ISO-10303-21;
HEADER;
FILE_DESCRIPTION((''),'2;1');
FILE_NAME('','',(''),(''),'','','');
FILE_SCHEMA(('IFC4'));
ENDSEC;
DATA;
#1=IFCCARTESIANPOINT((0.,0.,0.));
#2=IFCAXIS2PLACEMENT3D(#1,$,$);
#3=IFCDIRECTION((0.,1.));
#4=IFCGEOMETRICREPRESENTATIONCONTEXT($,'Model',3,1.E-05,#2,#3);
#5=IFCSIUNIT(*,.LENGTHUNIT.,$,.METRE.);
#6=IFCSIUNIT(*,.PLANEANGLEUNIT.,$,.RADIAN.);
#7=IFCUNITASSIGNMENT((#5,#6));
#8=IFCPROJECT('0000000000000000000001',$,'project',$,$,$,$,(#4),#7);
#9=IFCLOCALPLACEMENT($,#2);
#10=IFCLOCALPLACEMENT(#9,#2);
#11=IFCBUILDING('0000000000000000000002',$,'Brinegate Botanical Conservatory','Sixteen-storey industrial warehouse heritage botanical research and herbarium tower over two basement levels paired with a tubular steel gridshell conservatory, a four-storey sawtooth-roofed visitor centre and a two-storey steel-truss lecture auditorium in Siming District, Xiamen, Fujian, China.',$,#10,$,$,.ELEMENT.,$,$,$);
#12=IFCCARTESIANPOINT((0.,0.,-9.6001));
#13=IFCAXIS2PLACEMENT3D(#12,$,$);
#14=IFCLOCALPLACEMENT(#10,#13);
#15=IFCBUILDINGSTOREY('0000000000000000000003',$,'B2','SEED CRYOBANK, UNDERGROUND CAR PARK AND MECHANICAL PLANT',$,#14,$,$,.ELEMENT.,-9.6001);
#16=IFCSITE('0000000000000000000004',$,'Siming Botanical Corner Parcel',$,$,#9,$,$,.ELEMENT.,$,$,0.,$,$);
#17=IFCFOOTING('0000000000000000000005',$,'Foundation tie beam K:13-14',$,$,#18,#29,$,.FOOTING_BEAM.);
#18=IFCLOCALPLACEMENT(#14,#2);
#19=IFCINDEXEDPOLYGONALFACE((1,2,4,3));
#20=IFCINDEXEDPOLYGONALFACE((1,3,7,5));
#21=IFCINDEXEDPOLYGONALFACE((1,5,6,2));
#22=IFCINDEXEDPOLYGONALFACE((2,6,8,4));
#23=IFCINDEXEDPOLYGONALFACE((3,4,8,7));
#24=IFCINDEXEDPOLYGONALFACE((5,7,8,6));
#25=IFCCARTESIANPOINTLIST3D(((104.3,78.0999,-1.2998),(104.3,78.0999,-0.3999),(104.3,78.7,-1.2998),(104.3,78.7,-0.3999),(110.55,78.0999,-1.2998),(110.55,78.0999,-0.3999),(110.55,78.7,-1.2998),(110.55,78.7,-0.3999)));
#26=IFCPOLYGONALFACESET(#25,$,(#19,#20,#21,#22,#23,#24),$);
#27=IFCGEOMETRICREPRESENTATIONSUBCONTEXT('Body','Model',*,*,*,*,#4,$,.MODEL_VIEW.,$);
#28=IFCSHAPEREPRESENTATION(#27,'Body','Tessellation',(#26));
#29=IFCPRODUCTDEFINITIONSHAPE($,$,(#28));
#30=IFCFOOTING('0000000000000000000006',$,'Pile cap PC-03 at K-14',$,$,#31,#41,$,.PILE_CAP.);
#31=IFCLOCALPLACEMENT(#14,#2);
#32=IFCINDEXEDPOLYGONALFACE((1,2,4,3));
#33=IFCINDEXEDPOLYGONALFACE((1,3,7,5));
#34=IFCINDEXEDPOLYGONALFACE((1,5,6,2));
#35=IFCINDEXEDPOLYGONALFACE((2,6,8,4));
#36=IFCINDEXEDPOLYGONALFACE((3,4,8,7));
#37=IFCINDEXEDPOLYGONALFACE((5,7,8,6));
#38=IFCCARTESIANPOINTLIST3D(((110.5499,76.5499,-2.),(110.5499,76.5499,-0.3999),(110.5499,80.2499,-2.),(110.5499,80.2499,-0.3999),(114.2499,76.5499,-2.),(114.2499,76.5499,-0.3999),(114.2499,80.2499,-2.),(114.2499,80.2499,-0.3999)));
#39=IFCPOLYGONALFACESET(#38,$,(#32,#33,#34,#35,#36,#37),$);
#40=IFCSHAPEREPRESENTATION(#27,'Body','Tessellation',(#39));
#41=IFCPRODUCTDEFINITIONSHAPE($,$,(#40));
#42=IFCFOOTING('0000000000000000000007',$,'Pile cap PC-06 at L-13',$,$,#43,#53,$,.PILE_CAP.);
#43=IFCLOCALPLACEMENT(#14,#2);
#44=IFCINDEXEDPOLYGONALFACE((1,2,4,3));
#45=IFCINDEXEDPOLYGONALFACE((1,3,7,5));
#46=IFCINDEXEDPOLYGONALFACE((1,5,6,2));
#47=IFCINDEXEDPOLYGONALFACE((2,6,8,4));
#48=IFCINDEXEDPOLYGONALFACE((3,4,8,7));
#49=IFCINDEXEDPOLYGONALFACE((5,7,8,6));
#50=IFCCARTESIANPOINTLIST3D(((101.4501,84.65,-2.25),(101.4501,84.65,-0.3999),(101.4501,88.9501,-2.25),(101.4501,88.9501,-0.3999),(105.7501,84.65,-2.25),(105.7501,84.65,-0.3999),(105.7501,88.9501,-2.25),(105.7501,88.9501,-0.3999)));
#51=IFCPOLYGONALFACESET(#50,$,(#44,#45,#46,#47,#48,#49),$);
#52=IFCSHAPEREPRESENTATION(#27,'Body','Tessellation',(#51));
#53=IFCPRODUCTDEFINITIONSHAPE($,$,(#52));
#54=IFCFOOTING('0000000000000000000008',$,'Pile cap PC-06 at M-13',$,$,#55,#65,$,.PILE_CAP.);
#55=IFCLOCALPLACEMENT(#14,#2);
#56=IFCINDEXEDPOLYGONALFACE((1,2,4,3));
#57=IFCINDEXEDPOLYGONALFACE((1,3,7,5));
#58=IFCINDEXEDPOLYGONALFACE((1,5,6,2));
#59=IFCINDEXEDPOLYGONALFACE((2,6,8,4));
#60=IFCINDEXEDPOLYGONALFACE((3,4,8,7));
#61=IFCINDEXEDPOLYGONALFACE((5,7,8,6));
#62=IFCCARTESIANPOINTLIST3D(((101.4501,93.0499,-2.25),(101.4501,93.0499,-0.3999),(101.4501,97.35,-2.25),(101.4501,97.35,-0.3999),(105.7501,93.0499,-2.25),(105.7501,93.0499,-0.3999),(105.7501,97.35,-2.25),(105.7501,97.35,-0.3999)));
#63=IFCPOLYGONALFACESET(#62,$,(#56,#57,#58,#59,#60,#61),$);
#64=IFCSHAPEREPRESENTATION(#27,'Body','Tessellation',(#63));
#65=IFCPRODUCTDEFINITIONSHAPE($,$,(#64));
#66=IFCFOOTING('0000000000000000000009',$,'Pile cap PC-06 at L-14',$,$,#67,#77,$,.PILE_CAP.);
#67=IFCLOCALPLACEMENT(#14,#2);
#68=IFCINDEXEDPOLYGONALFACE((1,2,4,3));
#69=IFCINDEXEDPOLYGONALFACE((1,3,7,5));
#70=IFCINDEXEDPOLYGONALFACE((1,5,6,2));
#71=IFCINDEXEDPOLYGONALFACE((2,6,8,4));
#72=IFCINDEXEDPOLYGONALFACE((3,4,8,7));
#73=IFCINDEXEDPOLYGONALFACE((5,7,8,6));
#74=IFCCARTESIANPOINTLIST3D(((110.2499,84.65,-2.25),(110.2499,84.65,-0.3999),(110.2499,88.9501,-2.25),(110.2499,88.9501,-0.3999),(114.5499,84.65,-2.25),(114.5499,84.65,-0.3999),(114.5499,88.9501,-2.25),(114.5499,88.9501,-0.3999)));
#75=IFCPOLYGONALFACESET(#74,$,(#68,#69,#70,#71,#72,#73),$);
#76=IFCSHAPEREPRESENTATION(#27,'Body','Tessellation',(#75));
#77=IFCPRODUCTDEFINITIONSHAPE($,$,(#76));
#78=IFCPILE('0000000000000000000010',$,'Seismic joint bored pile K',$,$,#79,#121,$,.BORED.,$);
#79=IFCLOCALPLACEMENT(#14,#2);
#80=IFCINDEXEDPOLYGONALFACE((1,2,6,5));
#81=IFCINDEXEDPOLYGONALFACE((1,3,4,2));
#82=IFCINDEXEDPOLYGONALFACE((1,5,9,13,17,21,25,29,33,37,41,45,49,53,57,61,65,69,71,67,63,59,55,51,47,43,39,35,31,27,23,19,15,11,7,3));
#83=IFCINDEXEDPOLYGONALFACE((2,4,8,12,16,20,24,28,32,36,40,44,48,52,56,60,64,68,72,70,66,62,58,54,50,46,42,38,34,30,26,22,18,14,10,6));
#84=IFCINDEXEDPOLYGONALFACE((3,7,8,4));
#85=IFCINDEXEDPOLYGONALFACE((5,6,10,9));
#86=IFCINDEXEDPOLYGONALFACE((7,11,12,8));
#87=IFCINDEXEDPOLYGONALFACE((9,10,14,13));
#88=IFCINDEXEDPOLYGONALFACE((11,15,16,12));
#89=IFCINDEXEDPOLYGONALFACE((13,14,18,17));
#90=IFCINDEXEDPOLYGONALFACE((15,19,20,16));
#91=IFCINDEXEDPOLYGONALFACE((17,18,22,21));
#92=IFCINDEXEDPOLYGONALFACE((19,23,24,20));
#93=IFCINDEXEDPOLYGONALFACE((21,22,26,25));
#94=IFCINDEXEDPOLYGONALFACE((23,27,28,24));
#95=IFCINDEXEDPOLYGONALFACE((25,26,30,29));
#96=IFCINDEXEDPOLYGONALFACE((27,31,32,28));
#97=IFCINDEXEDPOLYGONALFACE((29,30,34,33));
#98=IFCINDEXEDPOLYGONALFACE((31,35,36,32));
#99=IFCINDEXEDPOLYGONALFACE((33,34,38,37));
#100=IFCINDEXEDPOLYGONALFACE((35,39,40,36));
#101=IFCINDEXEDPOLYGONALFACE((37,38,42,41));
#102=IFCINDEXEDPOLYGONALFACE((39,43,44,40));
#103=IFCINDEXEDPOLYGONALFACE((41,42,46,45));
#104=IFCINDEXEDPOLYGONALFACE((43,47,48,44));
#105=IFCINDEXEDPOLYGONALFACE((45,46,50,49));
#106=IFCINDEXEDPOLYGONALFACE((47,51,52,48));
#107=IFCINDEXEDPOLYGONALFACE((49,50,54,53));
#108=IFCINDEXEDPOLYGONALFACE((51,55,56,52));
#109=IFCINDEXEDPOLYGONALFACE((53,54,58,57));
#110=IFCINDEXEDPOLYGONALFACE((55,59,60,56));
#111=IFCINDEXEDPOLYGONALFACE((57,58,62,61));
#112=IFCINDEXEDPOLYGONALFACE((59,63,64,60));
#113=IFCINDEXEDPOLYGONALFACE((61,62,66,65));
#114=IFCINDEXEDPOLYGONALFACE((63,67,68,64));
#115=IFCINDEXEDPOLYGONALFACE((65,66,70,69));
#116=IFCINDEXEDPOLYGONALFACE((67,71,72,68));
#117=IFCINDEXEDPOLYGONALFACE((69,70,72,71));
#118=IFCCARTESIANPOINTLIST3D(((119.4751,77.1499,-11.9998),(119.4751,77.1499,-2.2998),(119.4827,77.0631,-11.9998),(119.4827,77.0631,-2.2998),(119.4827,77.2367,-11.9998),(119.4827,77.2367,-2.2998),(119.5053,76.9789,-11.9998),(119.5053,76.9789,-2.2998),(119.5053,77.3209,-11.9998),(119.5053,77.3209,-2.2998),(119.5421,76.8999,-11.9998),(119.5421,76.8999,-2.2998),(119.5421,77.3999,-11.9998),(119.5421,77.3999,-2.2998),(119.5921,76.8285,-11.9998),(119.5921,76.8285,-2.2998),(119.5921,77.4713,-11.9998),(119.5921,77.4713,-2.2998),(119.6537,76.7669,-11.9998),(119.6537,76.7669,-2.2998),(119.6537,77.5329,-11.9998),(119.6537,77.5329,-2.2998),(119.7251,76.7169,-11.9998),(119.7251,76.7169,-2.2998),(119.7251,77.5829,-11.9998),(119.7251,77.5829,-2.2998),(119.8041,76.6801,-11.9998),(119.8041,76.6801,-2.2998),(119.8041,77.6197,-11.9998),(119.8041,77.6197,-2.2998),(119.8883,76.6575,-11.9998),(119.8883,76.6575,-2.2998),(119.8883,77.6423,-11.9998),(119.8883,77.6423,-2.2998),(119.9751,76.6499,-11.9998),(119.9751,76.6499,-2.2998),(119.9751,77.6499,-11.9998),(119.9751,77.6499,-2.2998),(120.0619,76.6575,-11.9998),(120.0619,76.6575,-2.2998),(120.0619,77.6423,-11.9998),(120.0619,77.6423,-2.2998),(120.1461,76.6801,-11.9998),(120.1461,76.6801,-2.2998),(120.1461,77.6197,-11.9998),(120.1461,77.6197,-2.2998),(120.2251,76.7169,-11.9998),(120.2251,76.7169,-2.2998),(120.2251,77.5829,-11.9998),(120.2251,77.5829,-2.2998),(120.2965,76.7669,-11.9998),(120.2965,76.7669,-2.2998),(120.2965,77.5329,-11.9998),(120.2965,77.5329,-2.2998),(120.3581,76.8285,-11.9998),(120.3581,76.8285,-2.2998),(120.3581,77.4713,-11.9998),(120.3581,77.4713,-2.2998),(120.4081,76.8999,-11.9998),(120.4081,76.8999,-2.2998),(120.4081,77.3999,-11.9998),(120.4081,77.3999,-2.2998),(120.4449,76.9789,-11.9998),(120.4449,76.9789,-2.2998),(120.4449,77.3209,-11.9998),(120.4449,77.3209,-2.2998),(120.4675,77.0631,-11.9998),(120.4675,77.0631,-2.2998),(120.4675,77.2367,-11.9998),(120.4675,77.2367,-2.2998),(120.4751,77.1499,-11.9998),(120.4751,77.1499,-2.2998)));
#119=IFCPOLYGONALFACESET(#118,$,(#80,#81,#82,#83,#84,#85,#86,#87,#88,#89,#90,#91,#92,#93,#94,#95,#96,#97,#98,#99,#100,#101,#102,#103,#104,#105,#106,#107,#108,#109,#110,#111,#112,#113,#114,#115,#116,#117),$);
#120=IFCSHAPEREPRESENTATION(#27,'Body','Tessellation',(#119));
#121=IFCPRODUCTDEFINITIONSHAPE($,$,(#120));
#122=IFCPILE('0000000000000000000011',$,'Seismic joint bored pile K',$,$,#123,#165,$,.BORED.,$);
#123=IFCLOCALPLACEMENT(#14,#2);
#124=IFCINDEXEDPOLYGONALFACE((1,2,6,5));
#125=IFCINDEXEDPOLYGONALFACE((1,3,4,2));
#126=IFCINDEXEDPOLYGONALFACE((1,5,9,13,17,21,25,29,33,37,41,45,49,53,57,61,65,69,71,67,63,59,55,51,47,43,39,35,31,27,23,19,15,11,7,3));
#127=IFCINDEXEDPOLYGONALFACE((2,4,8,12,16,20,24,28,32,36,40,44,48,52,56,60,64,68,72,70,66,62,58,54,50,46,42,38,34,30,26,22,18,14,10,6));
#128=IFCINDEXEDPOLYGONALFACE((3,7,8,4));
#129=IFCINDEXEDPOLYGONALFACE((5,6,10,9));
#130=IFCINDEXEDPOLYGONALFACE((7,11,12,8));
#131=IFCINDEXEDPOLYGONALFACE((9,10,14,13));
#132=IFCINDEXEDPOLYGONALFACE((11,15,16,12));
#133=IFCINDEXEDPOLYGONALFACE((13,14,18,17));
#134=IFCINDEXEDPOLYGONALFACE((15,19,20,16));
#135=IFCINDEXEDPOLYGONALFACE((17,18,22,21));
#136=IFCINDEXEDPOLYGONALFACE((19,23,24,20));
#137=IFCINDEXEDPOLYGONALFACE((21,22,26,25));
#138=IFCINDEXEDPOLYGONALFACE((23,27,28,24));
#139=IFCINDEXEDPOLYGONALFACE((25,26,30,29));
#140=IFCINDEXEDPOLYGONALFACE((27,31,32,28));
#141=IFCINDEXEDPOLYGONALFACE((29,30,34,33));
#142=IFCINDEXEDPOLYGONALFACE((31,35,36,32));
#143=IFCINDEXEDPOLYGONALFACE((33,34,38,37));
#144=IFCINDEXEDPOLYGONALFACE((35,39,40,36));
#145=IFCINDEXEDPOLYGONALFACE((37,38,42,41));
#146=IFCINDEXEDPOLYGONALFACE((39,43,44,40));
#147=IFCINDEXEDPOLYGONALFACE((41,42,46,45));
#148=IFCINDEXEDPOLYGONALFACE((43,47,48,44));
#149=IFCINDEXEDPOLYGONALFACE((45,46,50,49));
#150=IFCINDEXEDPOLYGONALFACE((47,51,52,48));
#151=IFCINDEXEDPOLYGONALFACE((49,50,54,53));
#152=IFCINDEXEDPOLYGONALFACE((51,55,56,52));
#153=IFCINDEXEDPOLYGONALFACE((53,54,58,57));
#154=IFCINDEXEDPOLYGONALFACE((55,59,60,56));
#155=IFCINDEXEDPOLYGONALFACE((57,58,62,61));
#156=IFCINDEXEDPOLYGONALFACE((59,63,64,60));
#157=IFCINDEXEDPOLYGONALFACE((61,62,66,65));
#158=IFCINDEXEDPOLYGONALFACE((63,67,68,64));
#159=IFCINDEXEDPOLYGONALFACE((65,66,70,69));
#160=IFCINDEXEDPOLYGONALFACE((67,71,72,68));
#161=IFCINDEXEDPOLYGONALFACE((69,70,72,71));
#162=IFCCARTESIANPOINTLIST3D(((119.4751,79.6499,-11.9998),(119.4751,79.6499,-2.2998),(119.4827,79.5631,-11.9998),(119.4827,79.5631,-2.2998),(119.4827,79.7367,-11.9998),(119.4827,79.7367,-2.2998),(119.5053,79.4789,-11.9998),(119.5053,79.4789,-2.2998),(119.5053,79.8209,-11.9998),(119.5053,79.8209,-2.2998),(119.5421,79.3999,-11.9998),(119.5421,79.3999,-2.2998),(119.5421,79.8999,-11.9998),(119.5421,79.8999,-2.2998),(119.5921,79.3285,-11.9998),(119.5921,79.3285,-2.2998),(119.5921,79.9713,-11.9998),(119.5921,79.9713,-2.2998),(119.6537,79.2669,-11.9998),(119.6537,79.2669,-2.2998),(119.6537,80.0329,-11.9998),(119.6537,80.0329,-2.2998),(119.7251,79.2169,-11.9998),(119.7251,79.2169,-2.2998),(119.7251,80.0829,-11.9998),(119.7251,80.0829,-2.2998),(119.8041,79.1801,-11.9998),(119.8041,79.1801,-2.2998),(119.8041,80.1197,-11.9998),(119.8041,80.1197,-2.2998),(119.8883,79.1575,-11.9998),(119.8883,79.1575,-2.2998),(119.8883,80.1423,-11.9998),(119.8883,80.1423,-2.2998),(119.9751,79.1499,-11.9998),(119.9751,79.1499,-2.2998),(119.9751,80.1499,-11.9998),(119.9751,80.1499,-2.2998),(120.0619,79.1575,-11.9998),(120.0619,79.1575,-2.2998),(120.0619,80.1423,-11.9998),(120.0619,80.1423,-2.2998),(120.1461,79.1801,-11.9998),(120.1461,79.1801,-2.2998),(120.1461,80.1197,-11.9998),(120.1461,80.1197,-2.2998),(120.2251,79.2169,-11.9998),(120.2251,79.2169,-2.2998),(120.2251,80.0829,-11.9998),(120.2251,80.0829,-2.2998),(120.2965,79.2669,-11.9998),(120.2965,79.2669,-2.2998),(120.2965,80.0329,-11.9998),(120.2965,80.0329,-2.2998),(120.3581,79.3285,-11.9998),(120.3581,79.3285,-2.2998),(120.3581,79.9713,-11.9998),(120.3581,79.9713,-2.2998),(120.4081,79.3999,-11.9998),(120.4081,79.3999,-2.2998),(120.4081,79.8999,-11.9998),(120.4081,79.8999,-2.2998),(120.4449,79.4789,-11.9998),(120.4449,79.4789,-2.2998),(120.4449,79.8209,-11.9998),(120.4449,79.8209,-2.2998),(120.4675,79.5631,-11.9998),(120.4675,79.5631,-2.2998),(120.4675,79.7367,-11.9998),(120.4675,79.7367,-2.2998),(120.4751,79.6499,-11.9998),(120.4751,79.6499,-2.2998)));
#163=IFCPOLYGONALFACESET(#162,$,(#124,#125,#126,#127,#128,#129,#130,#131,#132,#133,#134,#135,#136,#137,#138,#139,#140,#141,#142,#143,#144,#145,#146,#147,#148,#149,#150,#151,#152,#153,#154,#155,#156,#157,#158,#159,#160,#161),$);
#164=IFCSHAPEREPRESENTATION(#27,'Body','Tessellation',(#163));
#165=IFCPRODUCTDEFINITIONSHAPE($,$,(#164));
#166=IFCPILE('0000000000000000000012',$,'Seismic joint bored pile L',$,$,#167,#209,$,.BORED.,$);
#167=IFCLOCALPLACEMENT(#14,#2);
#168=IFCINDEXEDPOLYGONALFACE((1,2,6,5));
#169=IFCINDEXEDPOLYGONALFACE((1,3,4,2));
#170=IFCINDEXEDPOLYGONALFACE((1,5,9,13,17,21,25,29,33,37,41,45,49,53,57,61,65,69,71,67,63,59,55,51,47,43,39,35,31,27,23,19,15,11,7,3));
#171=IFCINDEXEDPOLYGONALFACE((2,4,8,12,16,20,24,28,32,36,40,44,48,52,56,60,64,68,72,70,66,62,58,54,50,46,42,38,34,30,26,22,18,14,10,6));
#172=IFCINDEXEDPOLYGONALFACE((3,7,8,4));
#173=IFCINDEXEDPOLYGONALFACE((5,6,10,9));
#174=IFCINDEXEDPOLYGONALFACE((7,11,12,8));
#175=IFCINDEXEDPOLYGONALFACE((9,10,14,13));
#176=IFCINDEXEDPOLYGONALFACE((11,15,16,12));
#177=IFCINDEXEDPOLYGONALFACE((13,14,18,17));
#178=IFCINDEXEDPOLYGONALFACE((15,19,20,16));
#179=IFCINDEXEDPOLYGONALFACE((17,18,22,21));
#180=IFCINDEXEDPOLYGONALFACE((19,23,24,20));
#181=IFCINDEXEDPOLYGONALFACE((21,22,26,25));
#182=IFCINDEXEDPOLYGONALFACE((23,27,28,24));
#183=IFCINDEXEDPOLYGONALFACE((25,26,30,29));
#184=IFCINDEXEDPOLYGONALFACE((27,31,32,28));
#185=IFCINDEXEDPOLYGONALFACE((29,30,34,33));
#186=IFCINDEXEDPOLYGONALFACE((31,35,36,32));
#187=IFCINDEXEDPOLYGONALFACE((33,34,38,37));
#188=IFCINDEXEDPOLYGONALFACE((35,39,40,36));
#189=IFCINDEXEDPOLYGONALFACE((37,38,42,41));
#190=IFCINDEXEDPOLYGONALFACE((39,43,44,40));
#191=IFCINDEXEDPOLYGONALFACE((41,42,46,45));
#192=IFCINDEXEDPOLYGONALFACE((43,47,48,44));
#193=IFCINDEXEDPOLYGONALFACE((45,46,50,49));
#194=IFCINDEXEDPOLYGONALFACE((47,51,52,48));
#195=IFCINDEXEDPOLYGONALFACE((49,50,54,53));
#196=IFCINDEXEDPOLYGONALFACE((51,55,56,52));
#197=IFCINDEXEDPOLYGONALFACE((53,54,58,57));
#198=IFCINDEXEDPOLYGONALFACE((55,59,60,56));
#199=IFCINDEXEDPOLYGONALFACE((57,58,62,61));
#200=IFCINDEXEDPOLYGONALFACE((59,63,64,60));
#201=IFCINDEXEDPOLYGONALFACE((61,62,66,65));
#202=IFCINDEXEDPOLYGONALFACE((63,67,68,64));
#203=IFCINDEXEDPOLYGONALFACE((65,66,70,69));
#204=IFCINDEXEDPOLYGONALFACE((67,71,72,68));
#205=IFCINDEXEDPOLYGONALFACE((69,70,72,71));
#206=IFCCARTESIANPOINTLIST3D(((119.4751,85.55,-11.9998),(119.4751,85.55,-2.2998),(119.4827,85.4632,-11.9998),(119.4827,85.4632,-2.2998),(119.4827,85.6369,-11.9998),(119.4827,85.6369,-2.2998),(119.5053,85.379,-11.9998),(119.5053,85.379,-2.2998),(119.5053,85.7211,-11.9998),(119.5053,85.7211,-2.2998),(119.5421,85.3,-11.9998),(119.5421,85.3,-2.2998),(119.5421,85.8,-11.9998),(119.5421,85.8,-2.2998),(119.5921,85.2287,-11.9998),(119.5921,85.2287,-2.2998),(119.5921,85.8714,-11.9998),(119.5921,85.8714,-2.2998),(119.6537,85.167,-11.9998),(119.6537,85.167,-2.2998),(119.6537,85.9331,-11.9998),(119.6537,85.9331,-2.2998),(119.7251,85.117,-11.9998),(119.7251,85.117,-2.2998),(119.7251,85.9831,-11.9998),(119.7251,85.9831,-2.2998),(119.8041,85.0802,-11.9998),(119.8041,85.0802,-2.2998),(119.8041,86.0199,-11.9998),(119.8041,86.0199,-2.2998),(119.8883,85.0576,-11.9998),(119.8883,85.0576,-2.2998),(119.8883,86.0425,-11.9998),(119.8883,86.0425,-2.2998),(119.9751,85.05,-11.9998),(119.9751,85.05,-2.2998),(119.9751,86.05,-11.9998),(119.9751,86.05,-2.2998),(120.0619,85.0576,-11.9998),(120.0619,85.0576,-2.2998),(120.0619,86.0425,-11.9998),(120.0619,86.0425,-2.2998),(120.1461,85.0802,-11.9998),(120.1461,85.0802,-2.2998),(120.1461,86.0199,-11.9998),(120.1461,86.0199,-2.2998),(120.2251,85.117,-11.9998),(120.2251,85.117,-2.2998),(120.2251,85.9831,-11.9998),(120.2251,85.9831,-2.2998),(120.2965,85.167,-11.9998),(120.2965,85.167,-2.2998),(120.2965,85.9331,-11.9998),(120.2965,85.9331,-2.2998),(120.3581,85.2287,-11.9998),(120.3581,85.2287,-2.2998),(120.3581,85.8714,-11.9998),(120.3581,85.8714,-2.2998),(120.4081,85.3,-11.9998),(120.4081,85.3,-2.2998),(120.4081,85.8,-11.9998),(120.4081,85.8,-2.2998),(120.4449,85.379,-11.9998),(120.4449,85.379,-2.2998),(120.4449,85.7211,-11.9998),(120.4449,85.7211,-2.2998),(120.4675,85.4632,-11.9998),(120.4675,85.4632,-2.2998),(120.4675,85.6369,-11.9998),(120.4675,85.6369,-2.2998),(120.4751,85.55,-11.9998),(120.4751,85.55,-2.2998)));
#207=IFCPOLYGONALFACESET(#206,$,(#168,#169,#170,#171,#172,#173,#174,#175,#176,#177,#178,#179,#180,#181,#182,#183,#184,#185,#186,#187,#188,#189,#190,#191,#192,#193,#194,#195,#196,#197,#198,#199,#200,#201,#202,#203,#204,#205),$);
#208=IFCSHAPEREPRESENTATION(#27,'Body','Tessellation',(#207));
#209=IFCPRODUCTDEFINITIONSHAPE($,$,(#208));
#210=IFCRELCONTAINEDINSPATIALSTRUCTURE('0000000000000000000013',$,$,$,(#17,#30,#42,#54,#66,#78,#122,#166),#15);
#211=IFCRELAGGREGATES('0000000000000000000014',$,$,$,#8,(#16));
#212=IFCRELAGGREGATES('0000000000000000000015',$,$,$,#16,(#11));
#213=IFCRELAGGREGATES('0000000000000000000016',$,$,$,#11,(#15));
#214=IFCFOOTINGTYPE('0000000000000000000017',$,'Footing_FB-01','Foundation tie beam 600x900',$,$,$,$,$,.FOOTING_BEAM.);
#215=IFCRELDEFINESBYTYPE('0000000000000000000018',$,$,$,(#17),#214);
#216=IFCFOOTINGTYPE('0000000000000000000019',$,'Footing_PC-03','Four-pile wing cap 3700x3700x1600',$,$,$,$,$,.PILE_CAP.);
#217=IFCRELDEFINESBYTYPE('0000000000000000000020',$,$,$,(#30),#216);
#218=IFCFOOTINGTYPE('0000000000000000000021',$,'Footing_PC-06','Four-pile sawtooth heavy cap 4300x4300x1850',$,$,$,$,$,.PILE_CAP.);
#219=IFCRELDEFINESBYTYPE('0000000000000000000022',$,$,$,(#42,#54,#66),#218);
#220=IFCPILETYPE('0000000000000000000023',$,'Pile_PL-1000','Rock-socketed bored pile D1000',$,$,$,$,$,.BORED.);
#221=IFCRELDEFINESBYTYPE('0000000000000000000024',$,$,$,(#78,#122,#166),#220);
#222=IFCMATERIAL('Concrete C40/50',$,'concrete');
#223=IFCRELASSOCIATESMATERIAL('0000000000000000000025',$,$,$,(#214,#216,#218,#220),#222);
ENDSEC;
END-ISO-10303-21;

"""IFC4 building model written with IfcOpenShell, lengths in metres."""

from ifc_helpers import new_model, si_unit, direction, frame, origin, origin_2d, place, context, subcontext, project, spatial, rectangle, circle, extrude, material, material_profile, profile_set, type_object, element, save


model = new_model("IFC4")

# Units and contexts
model_context = context("Model", 3, precision=1e-05, world=origin(), true_north=direction((0.0, 1.0)))
body_context = subcontext(model_context, "Body", "Model", "MODEL_VIEW")
ifc_project = project(units=[si_unit("LENGTHUNIT", "METRE"), si_unit("PLANEANGLEUNIT", "RADIAN")], contexts=[model_context])

# Site, building, storey
site_placement = place(None, origin())
site = spatial("IfcSite", under=ifc_project, at=site_placement, Name="Siming Botanical Corner Parcel", CompositionType="ELEMENT", RefElevation=0.0)
building_placement = place(site_placement, origin())
building = spatial("IfcBuilding", under=site, at=building_placement, Name="Brinegate Botanical Conservatory", Description="Sixteen-storey industrial warehouse heritage botanical research and herbarium tower over two basement levels paired with a tubular steel gridshell conservatory, a four-storey sawtooth-roofed visitor centre and a two-storey steel-truss lecture auditorium in Siming District, Xiamen, Fujian, China.", CompositionType="ELEMENT")
storey_placement = place(building_placement, frame((0.0, 0.0, -9.6001)))
storey = spatial("IfcBuildingStorey", under=building, at=storey_placement, Name="B2", Description="SEED CRYOBANK, UNDERGROUND CAR PARK AND MECHANICAL PLANT", CompositionType="ELEMENT", Elevation=-9.6001)

# Footings
ifc_material = material(Name="Concrete C40/50", Category="concrete")
ifc_material_profile_1 = material_profile(ifc_material, rectangle(XDim=0.6001, YDim=0.8999, at=origin_2d()), Name="RC GB 600x900")
ifc_profile_set_1 = profile_set([ifc_material_profile_1], Name="Concrete C40/50")
footing_type_1 = type_object("IfcFootingType", Name="Footing_FB-01", Description="Foundation tie beam 600x900", PredefinedType="FOOTING_BEAM", material=ifc_profile_set_1)
footing_1_placement = place(storey_placement, frame((104.3, 78.3999, -0.8499), z_axis=(1.0, 0.0, 0.0), x_axis=(0.0, 1.0, 0.0)))
element("IfcFooting", 1, at=footing_1_placement, inside=storey, type_object=footing_type_1, Name="Foundation tie beam K:13-14", PredefinedType="FOOTING_BEAM", context=body_context, shape_type="SweptSolid", body=[
    extrude(rectangle(XDim=0.6001, YDim=0.8999, at=origin_2d()), origin(), (0.0, 0.0, 1.0), 6.25),
])
footing_type_2 = type_object("IfcFootingType", Name="Footing_PC-03", Description="Four-pile wing cap 3700x3700x1600", PredefinedType="PILE_CAP", material=ifc_material)
footing_2_placement = place(storey_placement, frame((112.3999, 78.3999, -2.0), z_axis=(0.0, 0.0, 1.0), x_axis=(1.0, 0.0, 0.0)))
element("IfcFooting", 2, at=footing_2_placement, inside=storey, type_object=footing_type_2, Name="Pile cap PC-03 at K-14", PredefinedType="PILE_CAP", context=body_context, shape_type="SweptSolid", body=[
    extrude(rectangle(XDim=3.7, YDim=3.7, at=origin_2d()), origin(), (0.0, 0.0, 1.0), 1.6001),
])
footing_type_3 = type_object("IfcFootingType", Name="Footing_PC-06", Description="Four-pile sawtooth heavy cap 4300x4300x1850", PredefinedType="PILE_CAP", material=ifc_material)
for number, where, z_axis, x_axis, name in (
    (3, (103.6001, 86.8, -2.25), (0.0, 0.0, 1.0), (1.0, 0.0, 0.0), "Pile cap PC-06 at L-13"),
    (4, (103.6001, 95.2, -2.25), (0.0, 0.0, 1.0), (1.0, 0.0, 0.0), "Pile cap PC-06 at M-13"),
    (5, (112.3999, 86.8, -2.25), (0.0, 0.0, 1.0), (1.0, 0.0, 0.0), "Pile cap PC-06 at L-14"),
):
    element("IfcFooting", number, at=place(storey_placement, frame(where, z_axis=z_axis, x_axis=x_axis)), inside=storey, type_object=footing_type_3, Name=name, PredefinedType="PILE_CAP", context=body_context, shape_type="SweptSolid", body=[
        extrude(rectangle(XDim=4.3, YDim=4.3, at=origin_2d()), origin(), (0.0, 0.0, 1.0), 1.8501),
    ])

# Piles
ifc_material_profile_2 = material_profile(ifc_material, circle(Radius=0.5, at=origin_2d()), Name="PILE D1000")
ifc_profile_set_2 = profile_set([ifc_material_profile_2], Name="Concrete C40/50")
pile_type_1 = type_object("IfcPileType", Name="Pile_PL-1000", Description="Rock-socketed bored pile D1000", PredefinedType="BORED", material=ifc_profile_set_2)
for number, where, z_axis, x_axis, name in (
    (6, (119.9751, 77.1499, -2.2998), (0.0, 0.0, -1.0), (1.0, 0.0, 0.0), "Seismic joint bored pile K"),
    (7, (119.9751, 79.6499, -2.2998), (0.0, 0.0, -1.0), (1.0, 0.0, 0.0), "Seismic joint bored pile K"),
    (8, (119.9751, 85.55, -2.2998), (0.0, 0.0, -1.0), (1.0, 0.0, 0.0), "Seismic joint bored pile L"),
):
    element("IfcPile", number, at=place(storey_placement, frame(where, z_axis=z_axis, x_axis=x_axis)), inside=storey, type_object=pile_type_1, Name=name, PredefinedType="BORED", context=body_context, shape_type="SweptSolid", body=[
        extrude(circle(Radius=0.5, at=origin_2d()), origin(), (0.0, 0.0, 1.0), 9.7),
    ])

save(model, "model.ifc")
